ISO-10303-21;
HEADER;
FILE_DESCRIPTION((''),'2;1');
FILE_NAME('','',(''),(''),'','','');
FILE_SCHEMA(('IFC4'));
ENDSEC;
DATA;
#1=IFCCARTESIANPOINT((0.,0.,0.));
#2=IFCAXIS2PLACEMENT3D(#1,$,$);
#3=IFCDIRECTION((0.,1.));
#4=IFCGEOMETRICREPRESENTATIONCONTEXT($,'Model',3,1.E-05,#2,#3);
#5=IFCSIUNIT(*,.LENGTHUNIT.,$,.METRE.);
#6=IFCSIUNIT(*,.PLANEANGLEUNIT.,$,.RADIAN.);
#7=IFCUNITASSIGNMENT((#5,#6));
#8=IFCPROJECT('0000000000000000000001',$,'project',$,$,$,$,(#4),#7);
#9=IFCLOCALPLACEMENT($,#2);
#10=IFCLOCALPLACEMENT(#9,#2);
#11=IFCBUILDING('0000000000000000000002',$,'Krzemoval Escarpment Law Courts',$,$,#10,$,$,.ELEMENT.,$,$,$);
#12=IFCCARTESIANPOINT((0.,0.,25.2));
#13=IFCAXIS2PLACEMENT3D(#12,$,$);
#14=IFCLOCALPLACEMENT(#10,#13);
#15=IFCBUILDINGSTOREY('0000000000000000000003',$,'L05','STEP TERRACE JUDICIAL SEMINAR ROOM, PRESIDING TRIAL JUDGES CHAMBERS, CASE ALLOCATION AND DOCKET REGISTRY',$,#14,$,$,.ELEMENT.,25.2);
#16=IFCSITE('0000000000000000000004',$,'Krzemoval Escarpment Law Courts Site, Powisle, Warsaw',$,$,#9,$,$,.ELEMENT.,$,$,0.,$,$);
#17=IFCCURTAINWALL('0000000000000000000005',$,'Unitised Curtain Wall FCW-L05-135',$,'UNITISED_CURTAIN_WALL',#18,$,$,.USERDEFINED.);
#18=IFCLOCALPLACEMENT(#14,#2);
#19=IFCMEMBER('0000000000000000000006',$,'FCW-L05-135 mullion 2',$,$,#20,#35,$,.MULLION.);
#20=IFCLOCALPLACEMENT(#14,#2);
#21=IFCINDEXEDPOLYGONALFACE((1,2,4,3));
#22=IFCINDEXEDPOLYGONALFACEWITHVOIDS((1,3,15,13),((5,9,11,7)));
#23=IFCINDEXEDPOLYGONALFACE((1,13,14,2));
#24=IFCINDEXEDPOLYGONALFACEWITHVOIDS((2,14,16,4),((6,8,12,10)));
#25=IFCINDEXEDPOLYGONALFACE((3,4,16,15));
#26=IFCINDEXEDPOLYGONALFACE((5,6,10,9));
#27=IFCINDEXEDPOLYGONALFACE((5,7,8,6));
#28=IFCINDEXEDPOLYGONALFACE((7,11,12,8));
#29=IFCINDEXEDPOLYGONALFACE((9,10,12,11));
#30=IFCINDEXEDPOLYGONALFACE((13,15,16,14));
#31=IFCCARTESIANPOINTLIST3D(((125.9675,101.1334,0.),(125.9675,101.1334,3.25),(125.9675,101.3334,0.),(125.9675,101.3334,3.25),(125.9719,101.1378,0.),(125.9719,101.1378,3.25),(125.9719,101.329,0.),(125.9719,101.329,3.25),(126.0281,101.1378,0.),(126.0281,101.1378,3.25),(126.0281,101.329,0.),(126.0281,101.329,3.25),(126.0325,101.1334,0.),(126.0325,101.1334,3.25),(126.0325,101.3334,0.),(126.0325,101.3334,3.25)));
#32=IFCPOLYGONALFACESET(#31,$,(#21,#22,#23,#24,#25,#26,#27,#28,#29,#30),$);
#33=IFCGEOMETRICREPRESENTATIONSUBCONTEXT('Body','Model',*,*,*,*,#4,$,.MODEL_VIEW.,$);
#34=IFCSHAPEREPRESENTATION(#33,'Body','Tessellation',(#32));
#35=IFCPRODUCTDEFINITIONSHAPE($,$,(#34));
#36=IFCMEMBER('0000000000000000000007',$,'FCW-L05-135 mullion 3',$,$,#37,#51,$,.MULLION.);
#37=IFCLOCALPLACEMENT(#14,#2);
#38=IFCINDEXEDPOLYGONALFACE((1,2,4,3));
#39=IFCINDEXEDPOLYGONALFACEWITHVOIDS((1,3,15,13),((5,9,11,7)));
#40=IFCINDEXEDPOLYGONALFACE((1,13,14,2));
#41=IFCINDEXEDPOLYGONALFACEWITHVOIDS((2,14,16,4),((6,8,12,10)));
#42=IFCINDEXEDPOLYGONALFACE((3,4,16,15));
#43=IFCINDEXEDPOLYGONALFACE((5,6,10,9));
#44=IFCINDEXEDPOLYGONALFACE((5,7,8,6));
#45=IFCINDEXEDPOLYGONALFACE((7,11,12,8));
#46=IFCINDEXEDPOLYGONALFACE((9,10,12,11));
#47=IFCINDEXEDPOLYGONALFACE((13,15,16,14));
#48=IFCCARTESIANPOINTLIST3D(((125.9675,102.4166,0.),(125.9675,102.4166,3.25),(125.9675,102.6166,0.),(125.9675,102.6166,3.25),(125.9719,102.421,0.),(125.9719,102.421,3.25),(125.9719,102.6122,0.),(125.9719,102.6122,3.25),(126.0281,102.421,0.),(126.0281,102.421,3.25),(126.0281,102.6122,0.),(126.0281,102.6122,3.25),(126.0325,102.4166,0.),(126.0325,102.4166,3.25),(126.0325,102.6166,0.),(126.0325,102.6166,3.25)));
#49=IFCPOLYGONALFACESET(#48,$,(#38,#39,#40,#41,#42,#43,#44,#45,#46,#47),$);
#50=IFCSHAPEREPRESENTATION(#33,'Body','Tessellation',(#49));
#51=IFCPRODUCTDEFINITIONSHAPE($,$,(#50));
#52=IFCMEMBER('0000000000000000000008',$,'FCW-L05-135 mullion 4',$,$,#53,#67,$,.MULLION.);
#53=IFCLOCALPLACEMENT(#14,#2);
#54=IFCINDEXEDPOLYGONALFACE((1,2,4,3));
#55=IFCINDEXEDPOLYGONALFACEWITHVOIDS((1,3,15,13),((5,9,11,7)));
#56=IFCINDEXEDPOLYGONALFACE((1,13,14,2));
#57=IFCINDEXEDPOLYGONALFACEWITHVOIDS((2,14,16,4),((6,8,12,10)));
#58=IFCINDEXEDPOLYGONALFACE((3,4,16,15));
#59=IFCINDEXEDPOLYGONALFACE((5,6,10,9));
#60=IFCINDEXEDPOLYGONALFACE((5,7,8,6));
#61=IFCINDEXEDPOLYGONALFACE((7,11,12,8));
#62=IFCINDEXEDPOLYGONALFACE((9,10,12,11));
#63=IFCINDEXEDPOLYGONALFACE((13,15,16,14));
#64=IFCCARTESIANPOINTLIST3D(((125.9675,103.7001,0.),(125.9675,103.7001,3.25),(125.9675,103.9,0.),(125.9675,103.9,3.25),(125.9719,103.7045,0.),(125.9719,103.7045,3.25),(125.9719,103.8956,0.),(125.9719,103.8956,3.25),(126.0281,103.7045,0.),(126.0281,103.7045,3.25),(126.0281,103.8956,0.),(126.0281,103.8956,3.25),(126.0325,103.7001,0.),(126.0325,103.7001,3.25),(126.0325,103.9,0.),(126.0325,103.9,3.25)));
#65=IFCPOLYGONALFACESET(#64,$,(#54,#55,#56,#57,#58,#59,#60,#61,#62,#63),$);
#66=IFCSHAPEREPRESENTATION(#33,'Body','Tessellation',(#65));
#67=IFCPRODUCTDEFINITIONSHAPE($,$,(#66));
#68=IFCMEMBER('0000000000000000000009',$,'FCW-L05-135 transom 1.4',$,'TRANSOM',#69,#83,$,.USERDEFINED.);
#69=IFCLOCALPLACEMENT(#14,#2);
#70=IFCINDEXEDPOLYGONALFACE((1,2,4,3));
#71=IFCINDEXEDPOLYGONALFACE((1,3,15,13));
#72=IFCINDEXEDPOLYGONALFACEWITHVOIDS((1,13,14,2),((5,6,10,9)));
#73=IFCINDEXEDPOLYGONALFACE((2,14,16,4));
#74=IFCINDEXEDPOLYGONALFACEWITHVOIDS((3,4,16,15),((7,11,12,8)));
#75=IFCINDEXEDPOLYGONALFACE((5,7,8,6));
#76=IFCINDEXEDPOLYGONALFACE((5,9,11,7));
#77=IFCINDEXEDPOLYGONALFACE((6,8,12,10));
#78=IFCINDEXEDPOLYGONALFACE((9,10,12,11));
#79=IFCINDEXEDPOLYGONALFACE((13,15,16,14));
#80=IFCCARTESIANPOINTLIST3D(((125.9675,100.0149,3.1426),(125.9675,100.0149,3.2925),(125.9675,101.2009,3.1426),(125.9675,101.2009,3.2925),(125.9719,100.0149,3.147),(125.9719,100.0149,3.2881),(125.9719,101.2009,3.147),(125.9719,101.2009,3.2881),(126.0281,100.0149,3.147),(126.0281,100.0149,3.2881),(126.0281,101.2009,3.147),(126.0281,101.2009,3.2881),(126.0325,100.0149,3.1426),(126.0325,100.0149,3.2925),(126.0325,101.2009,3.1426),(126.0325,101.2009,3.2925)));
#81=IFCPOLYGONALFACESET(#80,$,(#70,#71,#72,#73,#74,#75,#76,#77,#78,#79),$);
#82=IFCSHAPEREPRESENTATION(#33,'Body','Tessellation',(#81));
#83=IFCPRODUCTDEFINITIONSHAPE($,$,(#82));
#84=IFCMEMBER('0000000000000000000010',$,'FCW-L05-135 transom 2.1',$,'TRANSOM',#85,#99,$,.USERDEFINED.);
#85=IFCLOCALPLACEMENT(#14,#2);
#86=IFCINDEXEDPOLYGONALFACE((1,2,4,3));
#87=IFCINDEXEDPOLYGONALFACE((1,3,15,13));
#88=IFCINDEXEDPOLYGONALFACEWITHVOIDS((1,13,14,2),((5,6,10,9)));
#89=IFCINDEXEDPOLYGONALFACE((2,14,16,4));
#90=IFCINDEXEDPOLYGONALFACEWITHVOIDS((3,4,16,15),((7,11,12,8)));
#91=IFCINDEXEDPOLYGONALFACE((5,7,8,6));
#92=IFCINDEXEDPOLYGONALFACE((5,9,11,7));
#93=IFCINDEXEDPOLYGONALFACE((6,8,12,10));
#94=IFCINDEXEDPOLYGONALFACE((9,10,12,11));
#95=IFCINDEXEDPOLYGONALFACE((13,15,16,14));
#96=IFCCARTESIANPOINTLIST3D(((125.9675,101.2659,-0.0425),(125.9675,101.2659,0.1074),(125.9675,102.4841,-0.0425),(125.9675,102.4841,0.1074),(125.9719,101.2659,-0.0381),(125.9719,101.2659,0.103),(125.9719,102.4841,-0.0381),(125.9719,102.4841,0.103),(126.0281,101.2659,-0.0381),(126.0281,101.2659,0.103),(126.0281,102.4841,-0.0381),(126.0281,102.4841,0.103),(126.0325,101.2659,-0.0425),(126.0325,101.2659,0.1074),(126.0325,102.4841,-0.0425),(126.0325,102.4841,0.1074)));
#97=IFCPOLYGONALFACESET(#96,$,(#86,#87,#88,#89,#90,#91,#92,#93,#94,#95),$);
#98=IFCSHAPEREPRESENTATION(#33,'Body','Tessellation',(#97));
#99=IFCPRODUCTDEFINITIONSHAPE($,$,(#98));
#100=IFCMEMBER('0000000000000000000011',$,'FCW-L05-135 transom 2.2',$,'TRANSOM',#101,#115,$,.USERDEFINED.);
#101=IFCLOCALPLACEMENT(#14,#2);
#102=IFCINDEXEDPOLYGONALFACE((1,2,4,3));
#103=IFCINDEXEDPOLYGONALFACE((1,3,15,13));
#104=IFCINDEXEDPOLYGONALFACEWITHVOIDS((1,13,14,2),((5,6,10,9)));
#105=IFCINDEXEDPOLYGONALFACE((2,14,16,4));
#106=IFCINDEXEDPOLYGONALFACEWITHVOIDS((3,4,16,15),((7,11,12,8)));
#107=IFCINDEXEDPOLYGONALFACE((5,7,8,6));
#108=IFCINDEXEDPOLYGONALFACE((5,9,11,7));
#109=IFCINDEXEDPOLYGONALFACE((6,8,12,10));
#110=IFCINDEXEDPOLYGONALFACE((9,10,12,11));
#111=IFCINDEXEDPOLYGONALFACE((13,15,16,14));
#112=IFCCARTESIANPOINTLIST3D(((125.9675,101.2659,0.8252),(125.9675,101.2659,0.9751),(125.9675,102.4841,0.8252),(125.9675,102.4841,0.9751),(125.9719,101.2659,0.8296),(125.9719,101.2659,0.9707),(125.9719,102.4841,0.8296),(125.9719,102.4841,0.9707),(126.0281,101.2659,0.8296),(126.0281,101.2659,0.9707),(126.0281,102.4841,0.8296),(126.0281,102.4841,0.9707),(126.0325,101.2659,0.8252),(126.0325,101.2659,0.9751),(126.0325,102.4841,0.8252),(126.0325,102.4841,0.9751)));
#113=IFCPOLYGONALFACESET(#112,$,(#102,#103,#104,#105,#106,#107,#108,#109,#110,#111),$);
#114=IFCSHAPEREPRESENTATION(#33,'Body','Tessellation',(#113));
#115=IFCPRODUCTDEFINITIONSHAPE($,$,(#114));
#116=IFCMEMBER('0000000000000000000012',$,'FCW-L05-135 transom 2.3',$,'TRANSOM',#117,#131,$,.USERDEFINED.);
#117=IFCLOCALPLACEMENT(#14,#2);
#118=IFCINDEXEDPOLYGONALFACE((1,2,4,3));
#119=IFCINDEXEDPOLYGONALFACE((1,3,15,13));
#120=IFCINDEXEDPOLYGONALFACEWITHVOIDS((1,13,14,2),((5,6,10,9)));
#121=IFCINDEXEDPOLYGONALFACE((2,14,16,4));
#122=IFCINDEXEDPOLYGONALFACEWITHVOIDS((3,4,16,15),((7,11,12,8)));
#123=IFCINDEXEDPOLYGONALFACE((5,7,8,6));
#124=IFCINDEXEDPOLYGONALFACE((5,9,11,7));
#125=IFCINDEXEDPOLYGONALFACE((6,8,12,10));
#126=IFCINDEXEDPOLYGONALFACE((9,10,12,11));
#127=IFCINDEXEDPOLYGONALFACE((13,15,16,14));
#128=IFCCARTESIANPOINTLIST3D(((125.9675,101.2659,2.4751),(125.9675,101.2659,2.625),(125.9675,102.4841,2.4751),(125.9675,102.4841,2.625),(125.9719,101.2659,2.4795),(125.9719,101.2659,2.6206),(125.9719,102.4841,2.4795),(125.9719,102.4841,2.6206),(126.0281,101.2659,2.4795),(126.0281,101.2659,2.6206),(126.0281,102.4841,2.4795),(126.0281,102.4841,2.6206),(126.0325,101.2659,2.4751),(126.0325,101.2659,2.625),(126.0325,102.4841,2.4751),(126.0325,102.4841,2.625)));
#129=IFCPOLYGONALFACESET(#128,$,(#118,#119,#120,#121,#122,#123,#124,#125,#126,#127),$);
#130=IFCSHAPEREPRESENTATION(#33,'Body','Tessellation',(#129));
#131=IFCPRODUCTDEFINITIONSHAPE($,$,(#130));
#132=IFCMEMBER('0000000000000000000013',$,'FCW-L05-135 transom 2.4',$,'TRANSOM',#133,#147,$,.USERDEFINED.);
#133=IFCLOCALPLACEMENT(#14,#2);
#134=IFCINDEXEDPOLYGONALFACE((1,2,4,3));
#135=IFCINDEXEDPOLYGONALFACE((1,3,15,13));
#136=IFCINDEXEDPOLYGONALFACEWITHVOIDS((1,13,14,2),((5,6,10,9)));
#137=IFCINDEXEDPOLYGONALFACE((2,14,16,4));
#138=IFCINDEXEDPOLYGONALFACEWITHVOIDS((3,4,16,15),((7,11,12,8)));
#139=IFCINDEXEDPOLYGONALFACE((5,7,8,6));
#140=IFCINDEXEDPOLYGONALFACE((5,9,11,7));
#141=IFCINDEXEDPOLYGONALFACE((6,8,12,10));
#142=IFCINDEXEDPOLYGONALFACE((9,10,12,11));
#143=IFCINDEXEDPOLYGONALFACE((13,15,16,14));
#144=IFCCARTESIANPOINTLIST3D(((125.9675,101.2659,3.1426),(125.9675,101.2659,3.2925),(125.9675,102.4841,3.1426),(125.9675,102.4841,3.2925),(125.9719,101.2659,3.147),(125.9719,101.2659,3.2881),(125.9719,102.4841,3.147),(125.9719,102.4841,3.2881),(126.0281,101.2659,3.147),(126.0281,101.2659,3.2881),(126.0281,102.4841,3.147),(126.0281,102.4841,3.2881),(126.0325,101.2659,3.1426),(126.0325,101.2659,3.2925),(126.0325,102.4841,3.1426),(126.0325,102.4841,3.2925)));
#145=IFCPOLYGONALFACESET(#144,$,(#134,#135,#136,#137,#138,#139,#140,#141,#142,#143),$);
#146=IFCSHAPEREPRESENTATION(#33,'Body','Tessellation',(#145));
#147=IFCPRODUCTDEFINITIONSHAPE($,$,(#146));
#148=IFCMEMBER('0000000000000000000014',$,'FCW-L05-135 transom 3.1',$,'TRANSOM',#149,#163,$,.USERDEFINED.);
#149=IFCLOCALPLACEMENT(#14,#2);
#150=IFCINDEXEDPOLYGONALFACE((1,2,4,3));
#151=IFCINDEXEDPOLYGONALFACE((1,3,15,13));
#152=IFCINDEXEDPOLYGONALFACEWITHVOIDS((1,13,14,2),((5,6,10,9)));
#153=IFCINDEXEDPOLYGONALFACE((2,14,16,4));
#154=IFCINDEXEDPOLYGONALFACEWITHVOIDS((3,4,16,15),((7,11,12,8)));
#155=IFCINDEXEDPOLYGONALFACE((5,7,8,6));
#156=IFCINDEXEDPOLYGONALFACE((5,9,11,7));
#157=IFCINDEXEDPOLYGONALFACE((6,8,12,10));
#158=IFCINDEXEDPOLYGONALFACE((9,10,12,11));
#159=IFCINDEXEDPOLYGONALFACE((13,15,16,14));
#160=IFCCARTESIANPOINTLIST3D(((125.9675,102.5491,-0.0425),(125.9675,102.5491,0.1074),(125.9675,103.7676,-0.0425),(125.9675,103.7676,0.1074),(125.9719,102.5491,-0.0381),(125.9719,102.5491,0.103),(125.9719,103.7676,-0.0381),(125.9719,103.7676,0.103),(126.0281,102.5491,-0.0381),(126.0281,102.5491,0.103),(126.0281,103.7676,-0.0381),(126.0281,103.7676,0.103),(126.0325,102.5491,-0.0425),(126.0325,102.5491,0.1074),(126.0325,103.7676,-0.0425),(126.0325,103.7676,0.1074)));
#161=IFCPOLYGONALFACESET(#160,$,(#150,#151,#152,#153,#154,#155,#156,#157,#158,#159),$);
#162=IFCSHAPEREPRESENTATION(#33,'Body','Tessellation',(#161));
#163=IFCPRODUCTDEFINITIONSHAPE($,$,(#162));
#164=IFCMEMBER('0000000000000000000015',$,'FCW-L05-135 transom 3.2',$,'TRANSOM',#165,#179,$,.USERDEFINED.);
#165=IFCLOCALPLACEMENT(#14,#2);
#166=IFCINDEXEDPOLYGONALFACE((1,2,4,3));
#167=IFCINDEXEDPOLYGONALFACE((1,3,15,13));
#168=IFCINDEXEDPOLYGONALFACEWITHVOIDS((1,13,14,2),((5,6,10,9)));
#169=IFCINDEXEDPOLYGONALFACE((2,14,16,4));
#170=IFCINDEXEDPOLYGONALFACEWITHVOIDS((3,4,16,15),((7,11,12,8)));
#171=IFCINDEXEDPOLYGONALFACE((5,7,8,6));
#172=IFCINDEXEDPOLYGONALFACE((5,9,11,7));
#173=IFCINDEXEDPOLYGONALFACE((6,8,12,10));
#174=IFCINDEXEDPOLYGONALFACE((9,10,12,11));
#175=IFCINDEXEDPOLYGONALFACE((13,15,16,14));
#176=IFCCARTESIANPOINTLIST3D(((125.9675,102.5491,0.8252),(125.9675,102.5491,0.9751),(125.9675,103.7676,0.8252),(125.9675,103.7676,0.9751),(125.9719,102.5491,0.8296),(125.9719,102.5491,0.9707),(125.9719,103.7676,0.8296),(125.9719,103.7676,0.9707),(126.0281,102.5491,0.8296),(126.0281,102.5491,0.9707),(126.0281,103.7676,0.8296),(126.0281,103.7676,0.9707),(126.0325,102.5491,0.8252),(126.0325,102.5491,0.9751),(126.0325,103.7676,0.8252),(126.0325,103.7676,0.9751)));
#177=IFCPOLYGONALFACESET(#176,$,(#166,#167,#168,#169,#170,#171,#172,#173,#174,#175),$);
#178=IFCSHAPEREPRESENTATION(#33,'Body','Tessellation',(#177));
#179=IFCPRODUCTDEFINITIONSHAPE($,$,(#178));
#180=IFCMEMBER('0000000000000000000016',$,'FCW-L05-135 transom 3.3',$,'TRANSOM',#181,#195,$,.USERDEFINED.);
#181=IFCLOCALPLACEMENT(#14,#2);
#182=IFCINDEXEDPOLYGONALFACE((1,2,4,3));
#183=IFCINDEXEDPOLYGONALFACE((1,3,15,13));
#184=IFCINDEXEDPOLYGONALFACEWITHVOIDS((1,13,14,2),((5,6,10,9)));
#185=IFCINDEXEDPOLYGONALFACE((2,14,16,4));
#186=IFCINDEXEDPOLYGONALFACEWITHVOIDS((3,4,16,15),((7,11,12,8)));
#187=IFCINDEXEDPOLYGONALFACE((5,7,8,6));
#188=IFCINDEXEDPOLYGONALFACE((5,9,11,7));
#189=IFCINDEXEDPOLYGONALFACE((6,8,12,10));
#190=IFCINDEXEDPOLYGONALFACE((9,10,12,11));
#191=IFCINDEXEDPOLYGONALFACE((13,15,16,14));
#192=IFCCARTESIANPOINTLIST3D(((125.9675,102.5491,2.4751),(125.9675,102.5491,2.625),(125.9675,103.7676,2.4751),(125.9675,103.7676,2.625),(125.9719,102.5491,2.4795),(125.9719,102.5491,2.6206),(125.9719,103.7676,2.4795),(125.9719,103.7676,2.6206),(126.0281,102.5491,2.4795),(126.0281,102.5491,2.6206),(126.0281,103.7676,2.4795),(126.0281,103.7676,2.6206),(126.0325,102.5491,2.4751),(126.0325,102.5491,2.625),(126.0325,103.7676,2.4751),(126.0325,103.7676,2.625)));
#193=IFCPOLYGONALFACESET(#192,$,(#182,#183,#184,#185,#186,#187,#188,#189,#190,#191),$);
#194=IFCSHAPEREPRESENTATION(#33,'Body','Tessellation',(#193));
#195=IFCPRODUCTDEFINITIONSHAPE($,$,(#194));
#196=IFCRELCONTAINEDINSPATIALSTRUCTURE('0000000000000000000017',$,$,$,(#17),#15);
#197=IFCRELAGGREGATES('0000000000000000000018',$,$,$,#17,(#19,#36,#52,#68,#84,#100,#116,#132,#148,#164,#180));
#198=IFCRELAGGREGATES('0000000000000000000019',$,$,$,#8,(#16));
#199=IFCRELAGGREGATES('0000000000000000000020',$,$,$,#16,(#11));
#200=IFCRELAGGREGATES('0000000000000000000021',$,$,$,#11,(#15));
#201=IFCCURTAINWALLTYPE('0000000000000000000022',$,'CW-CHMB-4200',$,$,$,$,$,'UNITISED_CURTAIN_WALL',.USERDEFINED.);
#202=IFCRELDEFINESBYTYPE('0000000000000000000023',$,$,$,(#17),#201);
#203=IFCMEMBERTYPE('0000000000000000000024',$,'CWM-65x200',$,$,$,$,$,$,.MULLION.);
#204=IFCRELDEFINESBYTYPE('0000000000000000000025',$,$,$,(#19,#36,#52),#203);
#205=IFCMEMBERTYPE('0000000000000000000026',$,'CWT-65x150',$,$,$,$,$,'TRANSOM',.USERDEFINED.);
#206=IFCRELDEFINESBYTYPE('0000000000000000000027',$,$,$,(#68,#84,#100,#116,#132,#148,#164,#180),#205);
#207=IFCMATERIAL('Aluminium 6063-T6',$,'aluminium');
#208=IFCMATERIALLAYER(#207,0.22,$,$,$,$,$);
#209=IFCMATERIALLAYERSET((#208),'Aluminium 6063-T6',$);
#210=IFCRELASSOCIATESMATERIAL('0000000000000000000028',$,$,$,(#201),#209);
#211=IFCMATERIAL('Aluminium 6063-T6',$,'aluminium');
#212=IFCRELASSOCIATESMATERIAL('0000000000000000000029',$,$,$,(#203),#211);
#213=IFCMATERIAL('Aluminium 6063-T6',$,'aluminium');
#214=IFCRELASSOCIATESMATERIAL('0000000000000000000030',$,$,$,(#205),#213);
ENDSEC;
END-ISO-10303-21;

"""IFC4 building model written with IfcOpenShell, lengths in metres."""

from ifc_helpers import new_model, si_unit, direction, frame, origin, origin_2d, place, context, subcontext, project, spatial, hollow_rectangle, extrude, material, layer, layer_set, material_profile, profile_set, type_object, element, aggregate, save


model = new_model("IFC4")

# Units and contexts
model_context = context("Model", 3, precision=1e-05, world=origin(), true_north=direction((0.0, 1.0)))
body_context = subcontext(model_context, "Body", "Model", "MODEL_VIEW")
ifc_project = project(units=[si_unit("LENGTHUNIT", "METRE"), si_unit("PLANEANGLEUNIT", "RADIAN")], contexts=[model_context])

# Site, building, storey
site_placement = place(None, origin())
site = spatial("IfcSite", under=ifc_project, at=site_placement, Name="Krzemoval Escarpment Law Courts Site, Powisle, Warsaw", CompositionType="ELEMENT", RefElevation=0.0)
building_placement = place(site_placement, origin())
building = spatial("IfcBuilding", under=site, at=building_placement, Name="Krzemoval Escarpment Law Courts", CompositionType="ELEMENT")
storey_placement = place(building_placement, frame((0.0, 0.0, 25.2)))
storey = spatial("IfcBuildingStorey", under=building, at=storey_placement, Name="L05", Description="STEP TERRACE JUDICIAL SEMINAR ROOM, PRESIDING TRIAL JUDGES CHAMBERS, CASE ALLOCATION AND DOCKET REGISTRY", CompositionType="ELEMENT", Elevation=25.2)

# Curtain wall, members
ifc_material_1 = material(Name="Aluminium 6063-T6", Category="aluminium")
ifc_layer_1 = layer(ifc_material_1, 0.22)
ifc_layer_set_1 = layer_set([ifc_layer_1], Name="Aluminium 6063-T6")
curtain_wall_type = type_object("IfcCurtainWallType", Name="CW-CHMB-4200", ElementType="UNITISED_CURTAIN_WALL", PredefinedType="USERDEFINED", material=ifc_layer_set_1)
curtain_wall_placement = place(storey_placement, origin())
curtain_wall = element("IfcCurtainWall", 1, at=curtain_wall_placement, inside=storey, type_object=curtain_wall_type, Name="Unitised Curtain Wall FCW-L05-135", ObjectType="UNITISED_CURTAIN_WALL", PredefinedType="USERDEFINED")
ifc_material_2 = material(Name="Aluminium 6063-T6", Category="aluminium")
ifc_material_profile_1 = material_profile(ifc_material_2, hollow_rectangle(XDim=0.0649, YDim=0.2, WallThickness=0.0044, at=origin_2d()), Name="ALU M65x200")
ifc_profile_set_1 = profile_set([ifc_material_profile_1], Name="Aluminium 6063-T6")
member_type_1 = type_object("IfcMemberType", Name="CWM-65x200", PredefinedType="MULLION", material=ifc_profile_set_1)
member_1_placement = place(storey_placement, frame((126.0, 101.2334, 0.0), z_axis=(0.0, 0.0, 1.0), x_axis=(-1.0, 0.0, 0.0)))
member_1 = element("IfcMember", 2, at=member_1_placement, type_object=member_type_1, Name="FCW-L05-135 mullion 2", PredefinedType="MULLION", context=body_context, shape_type="SweptSolid", body=[
    extrude(hollow_rectangle(XDim=0.0649, YDim=0.2, WallThickness=0.0044, at=origin_2d()), origin(), (0.0, 0.0, 1.0), 3.25),
])
member_2_placement = place(storey_placement, frame((126.0, 102.5166, 0.0), z_axis=(0.0, 0.0, 1.0), x_axis=(-1.0, 0.0, 0.0)))
member_2 = element("IfcMember", 3, at=member_2_placement, type_object=member_type_1, Name="FCW-L05-135 mullion 3", PredefinedType="MULLION", context=body_context, shape_type="SweptSolid", body=[
    extrude(hollow_rectangle(XDim=0.0649, YDim=0.2, WallThickness=0.0044, at=origin_2d()), origin(), (0.0, 0.0, 1.0), 3.25),
])
member_3_placement = place(storey_placement, frame((126.0, 103.8, 0.0), z_axis=(0.0, 0.0, 1.0), x_axis=(-1.0, 0.0, 0.0)))
member_3 = element("IfcMember", 4, at=member_3_placement, type_object=member_type_1, Name="FCW-L05-135 mullion 4", PredefinedType="MULLION", context=body_context, shape_type="SweptSolid", body=[
    extrude(hollow_rectangle(XDim=0.0649, YDim=0.2, WallThickness=0.0044, at=origin_2d()), origin(), (0.0, 0.0, 1.0), 3.25),
])
ifc_material_3 = material(Name="Aluminium 6063-T6", Category="aluminium")
ifc_material_profile_2 = material_profile(ifc_material_3, hollow_rectangle(XDim=0.0649, YDim=0.1499, WallThickness=0.0044, at=origin_2d()), Name="ALU T65x150")
ifc_profile_set_2 = profile_set([ifc_material_profile_2], Name="Aluminium 6063-T6")
member_type_2 = type_object("IfcMemberType", Name="CWT-65x150", ElementType="TRANSOM", PredefinedType="USERDEFINED", material=ifc_profile_set_2)
member_4_placement = place(storey_placement, frame((126.0, 100.0149, 3.2175), z_axis=(0.0, 1.0, 0.0), x_axis=(-1.0, 0.0, 0.0)))
member_4 = element("IfcMember", 5, at=member_4_placement, type_object=member_type_2, Name="FCW-L05-135 transom 1.4", ObjectType="TRANSOM", PredefinedType="USERDEFINED", context=body_context, shape_type="SweptSolid", body=[
    extrude(hollow_rectangle(XDim=0.0649, YDim=0.1499, WallThickness=0.0044, at=origin_2d()), origin(), (0.0, 0.0, 1.0), 1.186),
])
member_5_placement = place(storey_placement, frame((126.0, 101.2659, 0.0325), z_axis=(0.0, 1.0, 0.0), x_axis=(-1.0, 0.0, 0.0)))
member_5 = element("IfcMember", 6, at=member_5_placement, type_object=member_type_2, Name="FCW-L05-135 transom 2.1", ObjectType="TRANSOM", PredefinedType="USERDEFINED", context=body_context, shape_type="SweptSolid", body=[
    extrude(hollow_rectangle(XDim=0.0649, YDim=0.1499, WallThickness=0.0044, at=origin_2d()), origin(), (0.0, 0.0, 1.0), 1.2183),
])
member_6_placement = place(storey_placement, frame((126.0, 101.2659, 0.9001), z_axis=(0.0, 1.0, 0.0), x_axis=(-1.0, 0.0, 0.0)))
member_6 = element("IfcMember", 7, at=member_6_placement, type_object=member_type_2, Name="FCW-L05-135 transom 2.2", ObjectType="TRANSOM", PredefinedType="USERDEFINED", context=body_context, shape_type="SweptSolid", body=[
    extrude(hollow_rectangle(XDim=0.0649, YDim=0.1499, WallThickness=0.0044, at=origin_2d()), origin(), (0.0, 0.0, 1.0), 1.2183),
])
member_7_placement = place(storey_placement, frame((126.0, 101.2659, 2.55), z_axis=(0.0, 1.0, 0.0), x_axis=(-1.0, 0.0, 0.0)))
member_7 = element("IfcMember", 8, at=member_7_placement, type_object=member_type_2, Name="FCW-L05-135 transom 2.3", ObjectType="TRANSOM", PredefinedType="USERDEFINED", context=body_context, shape_type="SweptSolid", body=[
    extrude(hollow_rectangle(XDim=0.0649, YDim=0.1499, WallThickness=0.0044, at=origin_2d()), origin(), (0.0, 0.0, 1.0), 1.2183),
])
member_8_placement = place(storey_placement, frame((126.0, 101.2659, 3.2175), z_axis=(0.0, 1.0, 0.0), x_axis=(-1.0, 0.0, 0.0)))
member_8 = element("IfcMember", 9, at=member_8_placement, type_object=member_type_2, Name="FCW-L05-135 transom 2.4", ObjectType="TRANSOM", PredefinedType="USERDEFINED", context=body_context, shape_type="SweptSolid", body=[
    extrude(hollow_rectangle(XDim=0.0649, YDim=0.1499, WallThickness=0.0044, at=origin_2d()), origin(), (0.0, 0.0, 1.0), 1.2183),
])
member_9_placement = place(storey_placement, frame((126.0, 102.5491, 0.0325), z_axis=(0.0, 1.0, 0.0), x_axis=(-1.0, 0.0, 0.0)))
member_9 = element("IfcMember", 10, at=member_9_placement, type_object=member_type_2, Name="FCW-L05-135 transom 3.1", ObjectType="TRANSOM", PredefinedType="USERDEFINED", context=body_context, shape_type="SweptSolid", body=[
    extrude(hollow_rectangle(XDim=0.0649, YDim=0.1499, WallThickness=0.0044, at=origin_2d()), origin(), (0.0, 0.0, 1.0), 1.2185),
])
member_10_placement = place(storey_placement, frame((126.0, 102.5491, 0.9001), z_axis=(0.0, 1.0, 0.0), x_axis=(-1.0, 0.0, 0.0)))
member_10 = element("IfcMember", 11, at=member_10_placement, type_object=member_type_2, Name="FCW-L05-135 transom 3.2", ObjectType="TRANSOM", PredefinedType="USERDEFINED", context=body_context, shape_type="SweptSolid", body=[
    extrude(hollow_rectangle(XDim=0.0649, YDim=0.1499, WallThickness=0.0044, at=origin_2d()), origin(), (0.0, 0.0, 1.0), 1.2185),
])
member_11_placement = place(storey_placement, frame((126.0, 102.5491, 2.55), z_axis=(0.0, 1.0, 0.0), x_axis=(-1.0, 0.0, 0.0)))
member_11 = element("IfcMember", 12, at=member_11_placement, type_object=member_type_2, Name="FCW-L05-135 transom 3.3", ObjectType="TRANSOM", PredefinedType="USERDEFINED", context=body_context, shape_type="SweptSolid", body=[
    extrude(hollow_rectangle(XDim=0.0649, YDim=0.1499, WallThickness=0.0044, at=origin_2d()), origin(), (0.0, 0.0, 1.0), 1.2185),
])
aggregate(curtain_wall, [member_1, member_2, member_3, member_4, member_5, member_6, member_7, member_8, member_9, member_10, member_11])

save(model, "model.ifc")
